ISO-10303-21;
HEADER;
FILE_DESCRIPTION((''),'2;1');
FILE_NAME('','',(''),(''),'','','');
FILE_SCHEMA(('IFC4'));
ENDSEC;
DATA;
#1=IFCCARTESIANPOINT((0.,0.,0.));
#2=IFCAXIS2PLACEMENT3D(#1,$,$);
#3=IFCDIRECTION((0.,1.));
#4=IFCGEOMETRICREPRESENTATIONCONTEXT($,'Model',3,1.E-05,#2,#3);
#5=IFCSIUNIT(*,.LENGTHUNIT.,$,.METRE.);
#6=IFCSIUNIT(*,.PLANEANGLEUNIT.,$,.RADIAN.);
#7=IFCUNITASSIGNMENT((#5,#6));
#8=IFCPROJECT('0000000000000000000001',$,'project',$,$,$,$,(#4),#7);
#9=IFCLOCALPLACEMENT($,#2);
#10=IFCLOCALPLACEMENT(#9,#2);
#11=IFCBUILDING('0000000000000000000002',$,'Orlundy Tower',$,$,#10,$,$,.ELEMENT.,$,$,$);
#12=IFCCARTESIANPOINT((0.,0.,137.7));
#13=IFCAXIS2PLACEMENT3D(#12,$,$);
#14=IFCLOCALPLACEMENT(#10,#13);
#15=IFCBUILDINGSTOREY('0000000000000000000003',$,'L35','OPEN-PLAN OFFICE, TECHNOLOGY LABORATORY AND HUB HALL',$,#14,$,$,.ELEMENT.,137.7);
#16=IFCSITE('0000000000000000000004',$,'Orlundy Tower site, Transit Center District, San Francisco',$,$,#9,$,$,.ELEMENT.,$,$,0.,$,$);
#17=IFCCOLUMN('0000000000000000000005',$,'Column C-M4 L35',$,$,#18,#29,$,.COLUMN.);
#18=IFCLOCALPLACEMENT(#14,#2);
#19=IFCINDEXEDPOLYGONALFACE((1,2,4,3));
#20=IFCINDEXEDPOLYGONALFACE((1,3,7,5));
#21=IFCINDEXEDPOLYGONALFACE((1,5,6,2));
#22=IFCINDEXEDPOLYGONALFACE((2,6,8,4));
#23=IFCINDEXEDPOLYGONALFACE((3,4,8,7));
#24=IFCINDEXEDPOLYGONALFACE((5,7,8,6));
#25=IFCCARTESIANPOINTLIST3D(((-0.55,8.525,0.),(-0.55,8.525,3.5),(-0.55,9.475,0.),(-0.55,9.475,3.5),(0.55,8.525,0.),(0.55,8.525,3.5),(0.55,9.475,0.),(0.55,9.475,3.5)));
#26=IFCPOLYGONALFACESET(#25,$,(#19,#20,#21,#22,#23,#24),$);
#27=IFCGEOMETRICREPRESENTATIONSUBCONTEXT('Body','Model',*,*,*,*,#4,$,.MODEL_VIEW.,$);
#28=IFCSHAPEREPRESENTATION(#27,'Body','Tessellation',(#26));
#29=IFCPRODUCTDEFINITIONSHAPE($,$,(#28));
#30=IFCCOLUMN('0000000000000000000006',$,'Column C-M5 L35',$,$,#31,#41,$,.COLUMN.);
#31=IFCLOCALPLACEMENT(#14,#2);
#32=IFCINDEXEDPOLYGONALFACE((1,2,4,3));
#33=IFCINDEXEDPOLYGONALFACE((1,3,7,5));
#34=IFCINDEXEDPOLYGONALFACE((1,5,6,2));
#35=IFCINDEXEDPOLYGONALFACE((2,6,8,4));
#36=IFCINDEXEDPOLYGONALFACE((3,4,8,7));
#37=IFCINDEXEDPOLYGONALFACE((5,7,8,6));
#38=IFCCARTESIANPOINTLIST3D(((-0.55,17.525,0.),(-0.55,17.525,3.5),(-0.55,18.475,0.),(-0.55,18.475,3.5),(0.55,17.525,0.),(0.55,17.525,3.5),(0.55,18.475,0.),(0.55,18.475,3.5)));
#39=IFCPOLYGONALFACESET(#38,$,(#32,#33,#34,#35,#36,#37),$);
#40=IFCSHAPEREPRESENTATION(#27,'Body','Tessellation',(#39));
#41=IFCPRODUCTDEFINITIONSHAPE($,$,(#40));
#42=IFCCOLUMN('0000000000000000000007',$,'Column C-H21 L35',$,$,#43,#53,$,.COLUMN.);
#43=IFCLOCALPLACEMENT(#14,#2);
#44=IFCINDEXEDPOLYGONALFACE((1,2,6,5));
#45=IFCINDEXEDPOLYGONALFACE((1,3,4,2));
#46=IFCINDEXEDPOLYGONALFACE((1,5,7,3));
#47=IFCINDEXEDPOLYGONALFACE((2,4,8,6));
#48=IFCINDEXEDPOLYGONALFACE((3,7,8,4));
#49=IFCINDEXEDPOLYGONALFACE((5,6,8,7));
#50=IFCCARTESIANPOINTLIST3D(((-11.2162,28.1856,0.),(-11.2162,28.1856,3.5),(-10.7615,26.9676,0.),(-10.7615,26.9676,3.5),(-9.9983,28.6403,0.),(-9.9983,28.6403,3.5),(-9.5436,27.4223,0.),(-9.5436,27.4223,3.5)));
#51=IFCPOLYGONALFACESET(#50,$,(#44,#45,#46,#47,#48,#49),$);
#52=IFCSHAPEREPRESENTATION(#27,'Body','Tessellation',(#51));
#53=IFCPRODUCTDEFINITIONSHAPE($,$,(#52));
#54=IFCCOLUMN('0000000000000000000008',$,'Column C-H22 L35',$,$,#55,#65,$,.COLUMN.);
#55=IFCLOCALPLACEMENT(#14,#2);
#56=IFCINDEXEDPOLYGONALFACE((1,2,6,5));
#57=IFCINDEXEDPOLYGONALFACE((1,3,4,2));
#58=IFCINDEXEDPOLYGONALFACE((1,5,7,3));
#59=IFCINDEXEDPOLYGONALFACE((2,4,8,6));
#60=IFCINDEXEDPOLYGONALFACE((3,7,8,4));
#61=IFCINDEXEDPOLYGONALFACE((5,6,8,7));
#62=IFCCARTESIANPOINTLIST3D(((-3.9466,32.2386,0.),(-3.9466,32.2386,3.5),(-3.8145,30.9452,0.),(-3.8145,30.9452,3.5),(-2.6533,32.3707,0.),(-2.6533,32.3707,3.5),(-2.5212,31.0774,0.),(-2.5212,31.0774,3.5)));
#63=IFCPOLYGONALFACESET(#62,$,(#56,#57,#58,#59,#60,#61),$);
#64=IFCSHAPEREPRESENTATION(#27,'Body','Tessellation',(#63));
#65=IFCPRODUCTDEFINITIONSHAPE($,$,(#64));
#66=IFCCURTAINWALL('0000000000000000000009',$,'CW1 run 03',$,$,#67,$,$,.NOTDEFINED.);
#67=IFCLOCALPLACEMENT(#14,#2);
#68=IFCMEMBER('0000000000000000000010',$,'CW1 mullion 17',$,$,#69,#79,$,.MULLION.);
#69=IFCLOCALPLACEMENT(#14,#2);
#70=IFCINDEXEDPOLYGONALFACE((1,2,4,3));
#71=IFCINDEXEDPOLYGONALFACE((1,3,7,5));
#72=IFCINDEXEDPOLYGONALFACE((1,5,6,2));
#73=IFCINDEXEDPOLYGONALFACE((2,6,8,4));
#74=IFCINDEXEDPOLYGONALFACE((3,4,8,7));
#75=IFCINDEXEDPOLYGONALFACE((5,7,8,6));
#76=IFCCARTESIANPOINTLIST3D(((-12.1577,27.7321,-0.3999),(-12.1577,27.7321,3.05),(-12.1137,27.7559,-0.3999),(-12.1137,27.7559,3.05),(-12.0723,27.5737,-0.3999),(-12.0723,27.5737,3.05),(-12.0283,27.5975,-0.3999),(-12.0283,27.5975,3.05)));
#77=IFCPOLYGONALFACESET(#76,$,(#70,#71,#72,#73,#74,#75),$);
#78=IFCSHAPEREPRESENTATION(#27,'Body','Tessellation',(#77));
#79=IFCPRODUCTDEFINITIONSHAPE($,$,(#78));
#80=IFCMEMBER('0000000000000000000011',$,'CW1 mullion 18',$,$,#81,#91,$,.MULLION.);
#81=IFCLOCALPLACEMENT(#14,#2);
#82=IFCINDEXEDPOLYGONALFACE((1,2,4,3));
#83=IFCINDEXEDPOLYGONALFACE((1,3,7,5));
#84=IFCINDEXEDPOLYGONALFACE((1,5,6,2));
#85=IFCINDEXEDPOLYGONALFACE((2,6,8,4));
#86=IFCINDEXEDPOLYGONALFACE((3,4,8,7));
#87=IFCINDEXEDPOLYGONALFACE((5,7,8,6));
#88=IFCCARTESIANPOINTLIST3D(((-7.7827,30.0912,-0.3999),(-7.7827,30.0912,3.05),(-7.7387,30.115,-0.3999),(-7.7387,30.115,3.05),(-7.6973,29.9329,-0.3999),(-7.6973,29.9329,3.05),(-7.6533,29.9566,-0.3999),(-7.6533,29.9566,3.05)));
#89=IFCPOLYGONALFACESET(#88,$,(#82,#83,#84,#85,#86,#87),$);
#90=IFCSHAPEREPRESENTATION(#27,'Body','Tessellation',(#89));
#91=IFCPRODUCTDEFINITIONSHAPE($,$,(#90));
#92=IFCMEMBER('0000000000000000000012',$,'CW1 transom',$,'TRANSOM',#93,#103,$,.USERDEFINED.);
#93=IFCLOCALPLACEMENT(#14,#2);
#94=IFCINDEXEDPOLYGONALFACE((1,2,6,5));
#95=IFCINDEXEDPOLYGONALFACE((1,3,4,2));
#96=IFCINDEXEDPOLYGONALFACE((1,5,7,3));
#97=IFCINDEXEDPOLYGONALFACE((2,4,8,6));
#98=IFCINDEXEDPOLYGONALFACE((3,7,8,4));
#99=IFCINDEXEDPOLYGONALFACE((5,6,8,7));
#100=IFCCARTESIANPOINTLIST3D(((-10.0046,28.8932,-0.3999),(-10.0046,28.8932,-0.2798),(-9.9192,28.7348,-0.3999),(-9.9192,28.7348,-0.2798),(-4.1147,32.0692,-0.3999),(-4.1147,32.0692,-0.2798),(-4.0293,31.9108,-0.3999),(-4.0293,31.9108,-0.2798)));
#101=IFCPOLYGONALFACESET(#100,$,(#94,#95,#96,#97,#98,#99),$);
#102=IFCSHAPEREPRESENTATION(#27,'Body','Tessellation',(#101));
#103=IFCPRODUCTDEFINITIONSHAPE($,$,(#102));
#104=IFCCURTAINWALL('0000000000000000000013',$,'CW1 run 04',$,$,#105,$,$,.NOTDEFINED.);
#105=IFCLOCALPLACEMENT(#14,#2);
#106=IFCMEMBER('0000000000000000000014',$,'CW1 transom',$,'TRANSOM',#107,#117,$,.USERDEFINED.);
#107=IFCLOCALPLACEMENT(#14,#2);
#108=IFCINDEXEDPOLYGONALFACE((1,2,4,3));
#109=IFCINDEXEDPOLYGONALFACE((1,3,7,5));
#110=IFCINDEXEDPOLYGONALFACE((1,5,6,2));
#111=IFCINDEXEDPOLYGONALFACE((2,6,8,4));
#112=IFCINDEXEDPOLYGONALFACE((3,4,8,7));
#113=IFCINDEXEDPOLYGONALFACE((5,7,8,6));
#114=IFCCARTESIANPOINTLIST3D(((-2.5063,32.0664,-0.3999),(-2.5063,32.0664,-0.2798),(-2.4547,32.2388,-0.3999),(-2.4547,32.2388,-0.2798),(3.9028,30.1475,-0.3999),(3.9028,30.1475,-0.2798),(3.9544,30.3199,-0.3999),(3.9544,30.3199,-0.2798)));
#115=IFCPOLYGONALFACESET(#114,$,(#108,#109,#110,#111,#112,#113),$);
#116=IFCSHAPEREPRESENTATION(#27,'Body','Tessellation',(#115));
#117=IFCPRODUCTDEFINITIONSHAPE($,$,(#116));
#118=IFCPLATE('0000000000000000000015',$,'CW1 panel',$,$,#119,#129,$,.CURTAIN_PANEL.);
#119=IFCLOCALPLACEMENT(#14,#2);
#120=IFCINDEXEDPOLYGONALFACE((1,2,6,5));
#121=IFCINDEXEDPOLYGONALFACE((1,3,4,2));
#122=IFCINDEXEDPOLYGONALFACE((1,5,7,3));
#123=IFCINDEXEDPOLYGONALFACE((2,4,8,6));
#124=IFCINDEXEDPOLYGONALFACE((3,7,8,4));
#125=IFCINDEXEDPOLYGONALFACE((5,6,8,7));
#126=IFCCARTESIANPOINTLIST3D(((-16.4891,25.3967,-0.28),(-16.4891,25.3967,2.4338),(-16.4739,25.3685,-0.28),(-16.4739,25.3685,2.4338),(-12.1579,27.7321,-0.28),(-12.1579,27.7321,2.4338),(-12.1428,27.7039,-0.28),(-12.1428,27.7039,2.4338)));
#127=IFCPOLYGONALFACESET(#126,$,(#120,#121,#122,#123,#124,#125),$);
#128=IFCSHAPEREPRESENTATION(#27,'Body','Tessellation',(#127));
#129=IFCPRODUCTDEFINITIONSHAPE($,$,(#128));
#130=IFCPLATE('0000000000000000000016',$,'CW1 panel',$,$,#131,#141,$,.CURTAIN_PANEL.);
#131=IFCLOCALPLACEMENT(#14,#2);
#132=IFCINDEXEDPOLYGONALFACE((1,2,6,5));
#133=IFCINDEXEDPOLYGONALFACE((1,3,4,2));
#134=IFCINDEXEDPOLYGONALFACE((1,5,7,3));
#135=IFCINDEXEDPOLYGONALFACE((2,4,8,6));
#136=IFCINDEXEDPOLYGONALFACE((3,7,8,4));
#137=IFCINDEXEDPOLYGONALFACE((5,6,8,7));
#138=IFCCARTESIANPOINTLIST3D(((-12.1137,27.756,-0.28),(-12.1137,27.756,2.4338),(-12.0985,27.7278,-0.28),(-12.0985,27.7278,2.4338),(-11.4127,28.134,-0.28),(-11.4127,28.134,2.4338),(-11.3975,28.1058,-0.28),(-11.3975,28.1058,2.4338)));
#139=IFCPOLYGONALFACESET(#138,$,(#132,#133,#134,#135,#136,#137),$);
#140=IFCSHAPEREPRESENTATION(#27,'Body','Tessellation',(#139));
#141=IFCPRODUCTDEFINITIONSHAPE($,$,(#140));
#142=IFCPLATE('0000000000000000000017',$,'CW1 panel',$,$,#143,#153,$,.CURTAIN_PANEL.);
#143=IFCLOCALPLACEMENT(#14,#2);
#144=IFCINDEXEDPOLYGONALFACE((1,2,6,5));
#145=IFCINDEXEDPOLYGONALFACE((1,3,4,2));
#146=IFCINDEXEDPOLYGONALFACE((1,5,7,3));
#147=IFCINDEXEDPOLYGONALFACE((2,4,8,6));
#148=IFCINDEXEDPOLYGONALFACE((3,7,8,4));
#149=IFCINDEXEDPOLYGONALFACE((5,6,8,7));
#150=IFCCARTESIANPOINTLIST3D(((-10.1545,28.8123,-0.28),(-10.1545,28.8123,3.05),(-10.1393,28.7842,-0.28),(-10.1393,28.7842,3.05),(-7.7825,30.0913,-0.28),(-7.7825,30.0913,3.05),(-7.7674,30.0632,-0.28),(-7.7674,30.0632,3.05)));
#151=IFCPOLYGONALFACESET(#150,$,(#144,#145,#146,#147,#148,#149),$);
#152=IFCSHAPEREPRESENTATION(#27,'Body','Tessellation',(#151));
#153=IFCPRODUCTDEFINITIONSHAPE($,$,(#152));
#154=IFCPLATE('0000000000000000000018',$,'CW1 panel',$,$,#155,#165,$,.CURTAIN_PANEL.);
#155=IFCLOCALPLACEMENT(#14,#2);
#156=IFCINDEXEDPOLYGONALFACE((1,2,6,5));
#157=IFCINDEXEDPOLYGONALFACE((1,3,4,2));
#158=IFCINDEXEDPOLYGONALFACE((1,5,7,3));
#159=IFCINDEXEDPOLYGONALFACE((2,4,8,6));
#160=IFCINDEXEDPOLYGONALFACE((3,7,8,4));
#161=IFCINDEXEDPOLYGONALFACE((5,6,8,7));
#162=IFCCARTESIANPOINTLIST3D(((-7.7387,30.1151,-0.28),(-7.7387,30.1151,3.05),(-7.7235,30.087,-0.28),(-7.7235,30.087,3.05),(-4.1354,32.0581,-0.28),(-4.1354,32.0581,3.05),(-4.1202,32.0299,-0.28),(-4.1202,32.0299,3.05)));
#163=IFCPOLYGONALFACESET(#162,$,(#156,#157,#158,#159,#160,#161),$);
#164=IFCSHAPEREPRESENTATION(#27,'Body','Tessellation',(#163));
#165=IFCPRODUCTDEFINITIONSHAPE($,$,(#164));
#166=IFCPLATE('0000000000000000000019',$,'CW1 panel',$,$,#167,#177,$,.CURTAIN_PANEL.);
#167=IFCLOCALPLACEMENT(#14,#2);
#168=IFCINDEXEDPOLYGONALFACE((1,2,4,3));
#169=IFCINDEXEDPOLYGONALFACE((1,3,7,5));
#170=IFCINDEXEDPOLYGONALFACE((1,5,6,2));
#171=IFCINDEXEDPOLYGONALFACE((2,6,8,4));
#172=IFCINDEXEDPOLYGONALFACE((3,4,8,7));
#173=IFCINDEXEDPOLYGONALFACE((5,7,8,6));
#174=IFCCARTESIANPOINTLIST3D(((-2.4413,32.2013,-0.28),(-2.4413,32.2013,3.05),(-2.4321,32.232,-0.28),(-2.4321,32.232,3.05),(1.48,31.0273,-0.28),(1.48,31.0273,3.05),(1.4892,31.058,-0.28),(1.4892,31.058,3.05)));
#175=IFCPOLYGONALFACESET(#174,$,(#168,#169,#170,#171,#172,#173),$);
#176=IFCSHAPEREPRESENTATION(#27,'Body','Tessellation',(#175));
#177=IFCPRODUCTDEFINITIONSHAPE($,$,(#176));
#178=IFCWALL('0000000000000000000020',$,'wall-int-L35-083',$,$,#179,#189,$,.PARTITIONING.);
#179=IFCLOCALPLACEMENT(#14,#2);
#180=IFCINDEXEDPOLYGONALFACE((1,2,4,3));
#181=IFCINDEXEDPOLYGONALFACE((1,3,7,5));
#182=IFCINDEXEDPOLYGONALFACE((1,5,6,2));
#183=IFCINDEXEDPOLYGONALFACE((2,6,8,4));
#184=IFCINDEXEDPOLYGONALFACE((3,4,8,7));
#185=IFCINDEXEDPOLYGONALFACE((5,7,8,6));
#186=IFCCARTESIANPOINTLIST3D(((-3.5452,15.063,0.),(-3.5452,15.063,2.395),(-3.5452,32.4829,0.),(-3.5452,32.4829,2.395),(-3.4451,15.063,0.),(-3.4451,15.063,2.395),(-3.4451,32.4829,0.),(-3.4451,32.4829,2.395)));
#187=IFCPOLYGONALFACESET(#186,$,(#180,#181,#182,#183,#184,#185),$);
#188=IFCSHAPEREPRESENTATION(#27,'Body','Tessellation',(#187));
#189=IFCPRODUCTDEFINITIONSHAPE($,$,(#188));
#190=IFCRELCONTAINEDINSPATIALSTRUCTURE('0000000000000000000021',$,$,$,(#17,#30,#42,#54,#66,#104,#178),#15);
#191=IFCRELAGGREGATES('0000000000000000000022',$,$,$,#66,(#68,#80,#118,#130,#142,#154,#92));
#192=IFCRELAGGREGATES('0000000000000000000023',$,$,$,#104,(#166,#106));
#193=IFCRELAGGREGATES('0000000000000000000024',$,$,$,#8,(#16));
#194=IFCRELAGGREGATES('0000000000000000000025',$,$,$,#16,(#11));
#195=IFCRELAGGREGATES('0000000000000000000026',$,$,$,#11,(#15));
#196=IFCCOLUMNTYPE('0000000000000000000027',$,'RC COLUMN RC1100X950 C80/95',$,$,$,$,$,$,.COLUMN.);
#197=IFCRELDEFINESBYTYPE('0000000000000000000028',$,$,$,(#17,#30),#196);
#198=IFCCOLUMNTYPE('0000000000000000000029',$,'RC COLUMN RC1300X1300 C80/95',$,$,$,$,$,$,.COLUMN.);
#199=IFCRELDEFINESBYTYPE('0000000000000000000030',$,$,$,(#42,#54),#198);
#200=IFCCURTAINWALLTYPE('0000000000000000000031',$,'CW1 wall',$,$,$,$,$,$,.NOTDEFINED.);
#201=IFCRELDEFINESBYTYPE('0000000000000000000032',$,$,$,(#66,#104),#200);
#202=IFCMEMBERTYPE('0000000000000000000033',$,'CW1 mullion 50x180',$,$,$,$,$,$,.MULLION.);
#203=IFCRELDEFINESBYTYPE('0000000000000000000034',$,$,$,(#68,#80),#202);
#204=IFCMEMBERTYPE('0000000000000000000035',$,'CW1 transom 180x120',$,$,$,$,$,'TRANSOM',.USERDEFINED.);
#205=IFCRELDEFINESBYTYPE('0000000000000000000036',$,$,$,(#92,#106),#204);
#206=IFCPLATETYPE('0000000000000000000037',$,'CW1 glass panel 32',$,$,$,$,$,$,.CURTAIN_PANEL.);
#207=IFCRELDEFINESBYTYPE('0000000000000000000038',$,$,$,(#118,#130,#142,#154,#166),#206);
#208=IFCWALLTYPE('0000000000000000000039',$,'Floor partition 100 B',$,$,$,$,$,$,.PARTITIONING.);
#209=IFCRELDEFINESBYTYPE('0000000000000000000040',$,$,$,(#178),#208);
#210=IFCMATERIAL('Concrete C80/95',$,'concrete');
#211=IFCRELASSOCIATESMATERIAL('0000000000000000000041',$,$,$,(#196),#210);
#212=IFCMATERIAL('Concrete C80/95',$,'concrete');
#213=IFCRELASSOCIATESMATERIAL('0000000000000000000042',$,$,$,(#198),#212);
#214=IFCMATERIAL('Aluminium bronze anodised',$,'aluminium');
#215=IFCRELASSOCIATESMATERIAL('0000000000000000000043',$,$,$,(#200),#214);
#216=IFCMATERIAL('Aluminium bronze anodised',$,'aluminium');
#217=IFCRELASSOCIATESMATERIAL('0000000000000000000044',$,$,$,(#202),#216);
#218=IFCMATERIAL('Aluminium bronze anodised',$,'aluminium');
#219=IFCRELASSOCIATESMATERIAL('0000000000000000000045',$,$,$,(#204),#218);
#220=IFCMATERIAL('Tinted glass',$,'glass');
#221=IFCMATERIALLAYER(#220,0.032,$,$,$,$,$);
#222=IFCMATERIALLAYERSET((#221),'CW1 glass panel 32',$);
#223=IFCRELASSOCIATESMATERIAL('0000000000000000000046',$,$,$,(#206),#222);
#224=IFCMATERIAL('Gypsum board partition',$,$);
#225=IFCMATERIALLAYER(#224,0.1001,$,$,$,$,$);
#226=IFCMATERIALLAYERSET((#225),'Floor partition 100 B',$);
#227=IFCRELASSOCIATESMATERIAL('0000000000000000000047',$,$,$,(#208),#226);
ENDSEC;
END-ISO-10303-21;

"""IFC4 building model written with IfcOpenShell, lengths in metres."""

from ifc_helpers import new_model, si_unit, direction, frame, frame_2d, origin, origin_2d, place, context, subcontext, project, spatial, rectangle, extrude, material, layer, layer_set, material_profile, profile_set, type_object, element, aggregate, save


model = new_model("IFC4")

# Units and contexts
model_context = context("Model", 3, precision=1e-05, world=origin(), true_north=direction((0.0, 1.0)))
body_context = subcontext(model_context, "Body", "Model", "MODEL_VIEW")
ifc_project = project(units=[si_unit("LENGTHUNIT", "METRE"), si_unit("PLANEANGLEUNIT", "RADIAN")], contexts=[model_context])

# Site, building, storey
site_placement = place(None, origin())
site = spatial("IfcSite", under=ifc_project, at=site_placement, Name="Orlundy Tower site, Transit Center District, San Francisco", CompositionType="ELEMENT", RefElevation=0.0)
building_placement = place(site_placement, origin())
building = spatial("IfcBuilding", under=site, at=building_placement, Name="Orlundy Tower", CompositionType="ELEMENT")
storey_placement = place(building_placement, frame((0.0, 0.0, 137.7)))
storey = spatial("IfcBuildingStorey", under=building, at=storey_placement, Name="L35", Description="OPEN-PLAN OFFICE, TECHNOLOGY LABORATORY AND HUB HALL", CompositionType="ELEMENT", Elevation=137.7)

# Columns
ifc_material_1 = material(Name="Concrete C80/95", Category="concrete")
ifc_material_profile_1 = material_profile(ifc_material_1, rectangle(XDim=1.1001, YDim=0.95, at=origin_2d()), Name="RC1100X950")
ifc_profile_set_1 = profile_set([ifc_material_profile_1], Name="Concrete C80/95")
column_type_1 = type_object("IfcColumnType", Name="RC COLUMN RC1100X950 C80/95", PredefinedType="COLUMN", material=ifc_profile_set_1)
for number, where, z_axis, x_axis, name in (
    (1, (0.0, 9.0, 0.0), (0.0, 0.0, 1.0), (1.0, 0.0, 0.0), "Column C-M4 L35"),
    (2, (0.0, 18.0, 0.0), (0.0, 0.0, 1.0), (1.0, 0.0, 0.0), "Column C-M5 L35"),
):
    element("IfcColumn", number, at=place(storey_placement, frame(where, z_axis=z_axis, x_axis=x_axis)), inside=storey, type_object=column_type_1, Name=name, PredefinedType="COLUMN", context=body_context, shape_type="SweptSolid", body=[
        extrude(rectangle(XDim=1.1001, YDim=0.95, at=origin_2d()), origin(), (0.0, 0.0, 1.0), 3.5),
    ])
ifc_material_2 = material(Name="Concrete C80/95", Category="concrete")
ifc_material_profile_2 = material_profile(ifc_material_2, rectangle(XDim=1.3, YDim=1.3, at=origin_2d()), Name="RC1300X1300")
ifc_profile_set_2 = profile_set([ifc_material_profile_2], Name="Concrete C80/95")
column_type_2 = type_object("IfcColumnType", Name="RC COLUMN RC1300X1300 C80/95", PredefinedType="COLUMN", material=ifc_profile_set_2)
for number, where, z_axis, x_axis, name in (
    (3, (-10.3799, 27.804, 0.0), (0.0, 0.0, 1.0), (-0.34975, 0.936843, 0.0), "Column C-H21 L35"),
    (4, (-3.2339, 31.658, 0.0), (0.0, 0.0, 1.0), (-0.101629, 0.994822, 0.0), "Column C-H22 L35"),
):
    element("IfcColumn", number, at=place(storey_placement, frame(where, z_axis=z_axis, x_axis=x_axis)), inside=storey, type_object=column_type_2, Name=name, PredefinedType="COLUMN", context=body_context, shape_type="SweptSolid", body=[
        extrude(rectangle(XDim=1.3, YDim=1.3, at=origin_2d()), origin(), (0.0, 0.0, 1.0), 3.5),
    ])

# Curtain wall, members
ifc_material_3 = material(Name="Aluminium bronze anodised", Category="aluminium")
curtain_wall_type = type_object("IfcCurtainWallType", Name="CW1 wall", PredefinedType="NOTDEFINED", material=ifc_material_3)
curtain_wall_1_placement = place(storey_placement, origin())
curtain_wall_1 = element("IfcCurtainWall", 5, at=curtain_wall_1_placement, inside=storey, type_object=curtain_wall_type, Name="CW1 run 03", PredefinedType="NOTDEFINED")
ifc_material_4 = material(Name="Aluminium bronze anodised", Category="aluminium")
ifc_material_profile_3 = material_profile(ifc_material_4, rectangle(XDim=0.1799, YDim=0.05, at=origin_2d()), Name="CW1 mullion 50x180")
ifc_profile_set_3 = profile_set([ifc_material_profile_3], Name="Aluminium bronze anodised")
member_type_1 = type_object("IfcMemberType", Name="CW1 mullion 50x180", PredefinedType="MULLION", material=ifc_profile_set_3)
member_1_placement = place(storey_placement, frame((-12.093, 27.6648, -0.3999), z_axis=(0.0, 0.0, 1.0), x_axis=(-0.474618, 0.880192, 0.0)))
member_1 = element("IfcMember", 6, at=member_1_placement, type_object=member_type_1, Name="CW1 mullion 17", PredefinedType="MULLION", context=body_context, shape_type="SweptSolid", body=[
    extrude(rectangle(XDim=0.1799, YDim=0.05, at=origin_2d()), origin(), (0.0, 0.0, 1.0), 3.45),
])
member_2_placement = place(storey_placement, frame((-7.718, 30.0239, -0.3999), z_axis=(0.0, 0.0, 1.0), x_axis=(-0.474618, 0.880192, 0.0)))
member_2 = element("IfcMember", 7, at=member_2_placement, type_object=member_type_1, Name="CW1 mullion 18", PredefinedType="MULLION", context=body_context, shape_type="SweptSolid", body=[
    extrude(rectangle(XDim=0.1799, YDim=0.05, at=origin_2d()), origin(), (0.0, 0.0, 1.0), 3.45),
])
ifc_material_5 = material(Name="Aluminium bronze anodised", Category="aluminium")
ifc_material_profile_4 = material_profile(ifc_material_5, rectangle(XDim=0.1799, YDim=0.1201, at=origin_2d()), Name="CW1 transom 180x120")
ifc_profile_set_4 = profile_set([ifc_material_profile_4], Name="Aluminium bronze anodised")
member_type_2 = type_object("IfcMemberType", Name="CW1 transom 180x120", ElementType="TRANSOM", PredefinedType="USERDEFINED", material=ifc_profile_set_4)
member_3_placement = place(storey_placement, frame((-9.9619, 28.814, -0.3398), z_axis=(0.880187, 0.474626, 0.0), x_axis=(-0.474626, 0.880187, 0.0)))
member_3 = element("IfcMember", 8, at=member_3_placement, type_object=member_type_2, Name="CW1 transom", ObjectType="TRANSOM", PredefinedType="USERDEFINED", context=body_context, shape_type="SweptSolid", body=[
    extrude(rectangle(XDim=0.1799, YDim=0.1201, at=origin_2d()), origin(), (0.0, 0.0, 1.0), 6.6917),
])

# Curtain wall, member
curtain_wall_2_placement = place(storey_placement, origin())
curtain_wall_2 = element("IfcCurtainWall", 9, at=curtain_wall_2_placement, inside=storey, type_object=curtain_wall_type, Name="CW1 run 04", PredefinedType="NOTDEFINED")
member_4_placement = place(storey_placement, frame((-2.4805, 32.1526, -0.3398), z_axis=(0.957983, -0.286826, 0.0), x_axis=(0.286826, 0.957983, 0.0)))
member_4 = element("IfcMember", 10, at=member_4_placement, type_object=member_type_2, Name="CW1 transom", ObjectType="TRANSOM", PredefinedType="USERDEFINED", context=body_context, shape_type="SweptSolid", body=[
    extrude(rectangle(XDim=0.1799, YDim=0.1201, at=origin_2d()), origin(), (0.0, 0.0, 1.0), 6.6902),
])

# Plates
ifc_material_6 = material(Name="Tinted glass", Category="glass")
ifc_layer_1 = layer(ifc_material_6, 0.032)
ifc_layer_set_1 = layer_set([ifc_layer_1], Name="CW1 glass panel 32")
plate_type = type_object("IfcPlateType", Name="CW1 glass panel 32", PredefinedType="CURTAIN_PANEL", material=ifc_layer_set_1)
plate_1_placement = place(storey_placement, frame((-14.3159, 26.5503, -0.28), z_axis=(0.0, 0.0, 1.0), x_axis=(0.880192, 0.474618, 0.0)))
plate_1 = element("IfcPlate", 11, at=plate_1_placement, type_object=plate_type, Name="CW1 panel", PredefinedType="CURTAIN_PANEL", context=body_context, shape_type="SweptSolid", body=[
    extrude(rectangle(XDim=4.9207, YDim=0.032, at=origin_2d()), origin(), (0.0, 0.0, 1.0), 2.7139),
])
plate_2_placement = place(storey_placement, frame((-11.7556, 27.9309, -0.28), z_axis=(0.0, 0.0, 1.0), x_axis=(0.880192, 0.474618, 0.0)))
plate_2 = element("IfcPlate", 12, at=plate_2_placement, type_object=plate_type, Name="CW1 panel", PredefinedType="CURTAIN_PANEL", context=body_context, shape_type="SweptSolid", body=[
    extrude(rectangle(XDim=0.7964, YDim=0.032, at=origin_2d()), origin(), (0.0, 0.0, 1.0), 2.7139),
])
plate_3_placement = place(storey_placement, frame((-8.9609, 29.4377, -0.28), z_axis=(0.0, 0.0, 1.0), x_axis=(0.880192, 0.474618, 0.0)))
plate_3 = element("IfcPlate", 13, at=plate_3_placement, type_object=plate_type, Name="CW1 panel", PredefinedType="CURTAIN_PANEL", context=body_context, shape_type="SweptSolid", body=[
    extrude(rectangle(XDim=2.6948, YDim=0.032, at=origin_2d()), origin(), (0.0, 0.0, 1.0), 3.3301),
])
plate_4_placement = place(storey_placement, frame((-5.9294, 31.0725, -0.28), z_axis=(0.0, 0.0, 1.0), x_axis=(0.880192, 0.474618, 0.0)))
plate_4 = element("IfcPlate", 14, at=plate_4_placement, type_object=plate_type, Name="CW1 panel", PredefinedType="CURTAIN_PANEL", context=body_context, shape_type="SweptSolid", body=[
    extrude(rectangle(XDim=4.0938, YDim=0.032, at=origin_2d()), origin(), (0.0, 0.0, 1.0), 3.3301),
])
aggregate(curtain_wall_1, [member_1, member_2, plate_1, plate_2, plate_3, plate_4, member_3])
plate_5_placement = place(storey_placement, frame((-0.4761, 31.6296, -0.28), z_axis=(0.0, 0.0, 1.0), x_axis=(0.957986, -0.286816, 0.0)))
plate_5 = element("IfcPlate", 15, at=plate_5_placement, type_object=plate_type, Name="CW1 panel", PredefinedType="CURTAIN_PANEL", context=body_context, shape_type="SweptSolid", body=[
    extrude(rectangle(XDim=4.0933, YDim=0.032, at=origin_2d()), origin(), (0.0, 0.0, 1.0), 3.3301),
])
aggregate(curtain_wall_2, [plate_5, member_4])

# Wall
ifc_material_7 = material(Name="Gypsum board partition")
ifc_layer_2 = layer(ifc_material_7, 0.1001)
ifc_layer_set_2 = layer_set([ifc_layer_2], Name="Floor partition 100 B")
wall_type_1 = type_object("IfcWallType", Name="Floor partition 100 B", PredefinedType="PARTITIONING", material=ifc_layer_set_2)
wall_1_placement = place(storey_placement, frame((-3.4951, 15.063, 0.0), z_axis=(0.0, 0.0, 1.0), x_axis=(0.0, 1.0, 0.0)))
element("IfcWall", 16, at=wall_1_placement, inside=storey, type_object=wall_type_1, Name="wall-int-L35-083", PredefinedType="PARTITIONING", context=body_context, shape_type="SweptSolid", body=[
    extrude(rectangle(XDim=17.4199, YDim=0.1001, at=frame_2d((8.71, 0.0))), origin(), (0.0, 0.0, 1.0), 2.395),
])

save(model, "model.ifc")
